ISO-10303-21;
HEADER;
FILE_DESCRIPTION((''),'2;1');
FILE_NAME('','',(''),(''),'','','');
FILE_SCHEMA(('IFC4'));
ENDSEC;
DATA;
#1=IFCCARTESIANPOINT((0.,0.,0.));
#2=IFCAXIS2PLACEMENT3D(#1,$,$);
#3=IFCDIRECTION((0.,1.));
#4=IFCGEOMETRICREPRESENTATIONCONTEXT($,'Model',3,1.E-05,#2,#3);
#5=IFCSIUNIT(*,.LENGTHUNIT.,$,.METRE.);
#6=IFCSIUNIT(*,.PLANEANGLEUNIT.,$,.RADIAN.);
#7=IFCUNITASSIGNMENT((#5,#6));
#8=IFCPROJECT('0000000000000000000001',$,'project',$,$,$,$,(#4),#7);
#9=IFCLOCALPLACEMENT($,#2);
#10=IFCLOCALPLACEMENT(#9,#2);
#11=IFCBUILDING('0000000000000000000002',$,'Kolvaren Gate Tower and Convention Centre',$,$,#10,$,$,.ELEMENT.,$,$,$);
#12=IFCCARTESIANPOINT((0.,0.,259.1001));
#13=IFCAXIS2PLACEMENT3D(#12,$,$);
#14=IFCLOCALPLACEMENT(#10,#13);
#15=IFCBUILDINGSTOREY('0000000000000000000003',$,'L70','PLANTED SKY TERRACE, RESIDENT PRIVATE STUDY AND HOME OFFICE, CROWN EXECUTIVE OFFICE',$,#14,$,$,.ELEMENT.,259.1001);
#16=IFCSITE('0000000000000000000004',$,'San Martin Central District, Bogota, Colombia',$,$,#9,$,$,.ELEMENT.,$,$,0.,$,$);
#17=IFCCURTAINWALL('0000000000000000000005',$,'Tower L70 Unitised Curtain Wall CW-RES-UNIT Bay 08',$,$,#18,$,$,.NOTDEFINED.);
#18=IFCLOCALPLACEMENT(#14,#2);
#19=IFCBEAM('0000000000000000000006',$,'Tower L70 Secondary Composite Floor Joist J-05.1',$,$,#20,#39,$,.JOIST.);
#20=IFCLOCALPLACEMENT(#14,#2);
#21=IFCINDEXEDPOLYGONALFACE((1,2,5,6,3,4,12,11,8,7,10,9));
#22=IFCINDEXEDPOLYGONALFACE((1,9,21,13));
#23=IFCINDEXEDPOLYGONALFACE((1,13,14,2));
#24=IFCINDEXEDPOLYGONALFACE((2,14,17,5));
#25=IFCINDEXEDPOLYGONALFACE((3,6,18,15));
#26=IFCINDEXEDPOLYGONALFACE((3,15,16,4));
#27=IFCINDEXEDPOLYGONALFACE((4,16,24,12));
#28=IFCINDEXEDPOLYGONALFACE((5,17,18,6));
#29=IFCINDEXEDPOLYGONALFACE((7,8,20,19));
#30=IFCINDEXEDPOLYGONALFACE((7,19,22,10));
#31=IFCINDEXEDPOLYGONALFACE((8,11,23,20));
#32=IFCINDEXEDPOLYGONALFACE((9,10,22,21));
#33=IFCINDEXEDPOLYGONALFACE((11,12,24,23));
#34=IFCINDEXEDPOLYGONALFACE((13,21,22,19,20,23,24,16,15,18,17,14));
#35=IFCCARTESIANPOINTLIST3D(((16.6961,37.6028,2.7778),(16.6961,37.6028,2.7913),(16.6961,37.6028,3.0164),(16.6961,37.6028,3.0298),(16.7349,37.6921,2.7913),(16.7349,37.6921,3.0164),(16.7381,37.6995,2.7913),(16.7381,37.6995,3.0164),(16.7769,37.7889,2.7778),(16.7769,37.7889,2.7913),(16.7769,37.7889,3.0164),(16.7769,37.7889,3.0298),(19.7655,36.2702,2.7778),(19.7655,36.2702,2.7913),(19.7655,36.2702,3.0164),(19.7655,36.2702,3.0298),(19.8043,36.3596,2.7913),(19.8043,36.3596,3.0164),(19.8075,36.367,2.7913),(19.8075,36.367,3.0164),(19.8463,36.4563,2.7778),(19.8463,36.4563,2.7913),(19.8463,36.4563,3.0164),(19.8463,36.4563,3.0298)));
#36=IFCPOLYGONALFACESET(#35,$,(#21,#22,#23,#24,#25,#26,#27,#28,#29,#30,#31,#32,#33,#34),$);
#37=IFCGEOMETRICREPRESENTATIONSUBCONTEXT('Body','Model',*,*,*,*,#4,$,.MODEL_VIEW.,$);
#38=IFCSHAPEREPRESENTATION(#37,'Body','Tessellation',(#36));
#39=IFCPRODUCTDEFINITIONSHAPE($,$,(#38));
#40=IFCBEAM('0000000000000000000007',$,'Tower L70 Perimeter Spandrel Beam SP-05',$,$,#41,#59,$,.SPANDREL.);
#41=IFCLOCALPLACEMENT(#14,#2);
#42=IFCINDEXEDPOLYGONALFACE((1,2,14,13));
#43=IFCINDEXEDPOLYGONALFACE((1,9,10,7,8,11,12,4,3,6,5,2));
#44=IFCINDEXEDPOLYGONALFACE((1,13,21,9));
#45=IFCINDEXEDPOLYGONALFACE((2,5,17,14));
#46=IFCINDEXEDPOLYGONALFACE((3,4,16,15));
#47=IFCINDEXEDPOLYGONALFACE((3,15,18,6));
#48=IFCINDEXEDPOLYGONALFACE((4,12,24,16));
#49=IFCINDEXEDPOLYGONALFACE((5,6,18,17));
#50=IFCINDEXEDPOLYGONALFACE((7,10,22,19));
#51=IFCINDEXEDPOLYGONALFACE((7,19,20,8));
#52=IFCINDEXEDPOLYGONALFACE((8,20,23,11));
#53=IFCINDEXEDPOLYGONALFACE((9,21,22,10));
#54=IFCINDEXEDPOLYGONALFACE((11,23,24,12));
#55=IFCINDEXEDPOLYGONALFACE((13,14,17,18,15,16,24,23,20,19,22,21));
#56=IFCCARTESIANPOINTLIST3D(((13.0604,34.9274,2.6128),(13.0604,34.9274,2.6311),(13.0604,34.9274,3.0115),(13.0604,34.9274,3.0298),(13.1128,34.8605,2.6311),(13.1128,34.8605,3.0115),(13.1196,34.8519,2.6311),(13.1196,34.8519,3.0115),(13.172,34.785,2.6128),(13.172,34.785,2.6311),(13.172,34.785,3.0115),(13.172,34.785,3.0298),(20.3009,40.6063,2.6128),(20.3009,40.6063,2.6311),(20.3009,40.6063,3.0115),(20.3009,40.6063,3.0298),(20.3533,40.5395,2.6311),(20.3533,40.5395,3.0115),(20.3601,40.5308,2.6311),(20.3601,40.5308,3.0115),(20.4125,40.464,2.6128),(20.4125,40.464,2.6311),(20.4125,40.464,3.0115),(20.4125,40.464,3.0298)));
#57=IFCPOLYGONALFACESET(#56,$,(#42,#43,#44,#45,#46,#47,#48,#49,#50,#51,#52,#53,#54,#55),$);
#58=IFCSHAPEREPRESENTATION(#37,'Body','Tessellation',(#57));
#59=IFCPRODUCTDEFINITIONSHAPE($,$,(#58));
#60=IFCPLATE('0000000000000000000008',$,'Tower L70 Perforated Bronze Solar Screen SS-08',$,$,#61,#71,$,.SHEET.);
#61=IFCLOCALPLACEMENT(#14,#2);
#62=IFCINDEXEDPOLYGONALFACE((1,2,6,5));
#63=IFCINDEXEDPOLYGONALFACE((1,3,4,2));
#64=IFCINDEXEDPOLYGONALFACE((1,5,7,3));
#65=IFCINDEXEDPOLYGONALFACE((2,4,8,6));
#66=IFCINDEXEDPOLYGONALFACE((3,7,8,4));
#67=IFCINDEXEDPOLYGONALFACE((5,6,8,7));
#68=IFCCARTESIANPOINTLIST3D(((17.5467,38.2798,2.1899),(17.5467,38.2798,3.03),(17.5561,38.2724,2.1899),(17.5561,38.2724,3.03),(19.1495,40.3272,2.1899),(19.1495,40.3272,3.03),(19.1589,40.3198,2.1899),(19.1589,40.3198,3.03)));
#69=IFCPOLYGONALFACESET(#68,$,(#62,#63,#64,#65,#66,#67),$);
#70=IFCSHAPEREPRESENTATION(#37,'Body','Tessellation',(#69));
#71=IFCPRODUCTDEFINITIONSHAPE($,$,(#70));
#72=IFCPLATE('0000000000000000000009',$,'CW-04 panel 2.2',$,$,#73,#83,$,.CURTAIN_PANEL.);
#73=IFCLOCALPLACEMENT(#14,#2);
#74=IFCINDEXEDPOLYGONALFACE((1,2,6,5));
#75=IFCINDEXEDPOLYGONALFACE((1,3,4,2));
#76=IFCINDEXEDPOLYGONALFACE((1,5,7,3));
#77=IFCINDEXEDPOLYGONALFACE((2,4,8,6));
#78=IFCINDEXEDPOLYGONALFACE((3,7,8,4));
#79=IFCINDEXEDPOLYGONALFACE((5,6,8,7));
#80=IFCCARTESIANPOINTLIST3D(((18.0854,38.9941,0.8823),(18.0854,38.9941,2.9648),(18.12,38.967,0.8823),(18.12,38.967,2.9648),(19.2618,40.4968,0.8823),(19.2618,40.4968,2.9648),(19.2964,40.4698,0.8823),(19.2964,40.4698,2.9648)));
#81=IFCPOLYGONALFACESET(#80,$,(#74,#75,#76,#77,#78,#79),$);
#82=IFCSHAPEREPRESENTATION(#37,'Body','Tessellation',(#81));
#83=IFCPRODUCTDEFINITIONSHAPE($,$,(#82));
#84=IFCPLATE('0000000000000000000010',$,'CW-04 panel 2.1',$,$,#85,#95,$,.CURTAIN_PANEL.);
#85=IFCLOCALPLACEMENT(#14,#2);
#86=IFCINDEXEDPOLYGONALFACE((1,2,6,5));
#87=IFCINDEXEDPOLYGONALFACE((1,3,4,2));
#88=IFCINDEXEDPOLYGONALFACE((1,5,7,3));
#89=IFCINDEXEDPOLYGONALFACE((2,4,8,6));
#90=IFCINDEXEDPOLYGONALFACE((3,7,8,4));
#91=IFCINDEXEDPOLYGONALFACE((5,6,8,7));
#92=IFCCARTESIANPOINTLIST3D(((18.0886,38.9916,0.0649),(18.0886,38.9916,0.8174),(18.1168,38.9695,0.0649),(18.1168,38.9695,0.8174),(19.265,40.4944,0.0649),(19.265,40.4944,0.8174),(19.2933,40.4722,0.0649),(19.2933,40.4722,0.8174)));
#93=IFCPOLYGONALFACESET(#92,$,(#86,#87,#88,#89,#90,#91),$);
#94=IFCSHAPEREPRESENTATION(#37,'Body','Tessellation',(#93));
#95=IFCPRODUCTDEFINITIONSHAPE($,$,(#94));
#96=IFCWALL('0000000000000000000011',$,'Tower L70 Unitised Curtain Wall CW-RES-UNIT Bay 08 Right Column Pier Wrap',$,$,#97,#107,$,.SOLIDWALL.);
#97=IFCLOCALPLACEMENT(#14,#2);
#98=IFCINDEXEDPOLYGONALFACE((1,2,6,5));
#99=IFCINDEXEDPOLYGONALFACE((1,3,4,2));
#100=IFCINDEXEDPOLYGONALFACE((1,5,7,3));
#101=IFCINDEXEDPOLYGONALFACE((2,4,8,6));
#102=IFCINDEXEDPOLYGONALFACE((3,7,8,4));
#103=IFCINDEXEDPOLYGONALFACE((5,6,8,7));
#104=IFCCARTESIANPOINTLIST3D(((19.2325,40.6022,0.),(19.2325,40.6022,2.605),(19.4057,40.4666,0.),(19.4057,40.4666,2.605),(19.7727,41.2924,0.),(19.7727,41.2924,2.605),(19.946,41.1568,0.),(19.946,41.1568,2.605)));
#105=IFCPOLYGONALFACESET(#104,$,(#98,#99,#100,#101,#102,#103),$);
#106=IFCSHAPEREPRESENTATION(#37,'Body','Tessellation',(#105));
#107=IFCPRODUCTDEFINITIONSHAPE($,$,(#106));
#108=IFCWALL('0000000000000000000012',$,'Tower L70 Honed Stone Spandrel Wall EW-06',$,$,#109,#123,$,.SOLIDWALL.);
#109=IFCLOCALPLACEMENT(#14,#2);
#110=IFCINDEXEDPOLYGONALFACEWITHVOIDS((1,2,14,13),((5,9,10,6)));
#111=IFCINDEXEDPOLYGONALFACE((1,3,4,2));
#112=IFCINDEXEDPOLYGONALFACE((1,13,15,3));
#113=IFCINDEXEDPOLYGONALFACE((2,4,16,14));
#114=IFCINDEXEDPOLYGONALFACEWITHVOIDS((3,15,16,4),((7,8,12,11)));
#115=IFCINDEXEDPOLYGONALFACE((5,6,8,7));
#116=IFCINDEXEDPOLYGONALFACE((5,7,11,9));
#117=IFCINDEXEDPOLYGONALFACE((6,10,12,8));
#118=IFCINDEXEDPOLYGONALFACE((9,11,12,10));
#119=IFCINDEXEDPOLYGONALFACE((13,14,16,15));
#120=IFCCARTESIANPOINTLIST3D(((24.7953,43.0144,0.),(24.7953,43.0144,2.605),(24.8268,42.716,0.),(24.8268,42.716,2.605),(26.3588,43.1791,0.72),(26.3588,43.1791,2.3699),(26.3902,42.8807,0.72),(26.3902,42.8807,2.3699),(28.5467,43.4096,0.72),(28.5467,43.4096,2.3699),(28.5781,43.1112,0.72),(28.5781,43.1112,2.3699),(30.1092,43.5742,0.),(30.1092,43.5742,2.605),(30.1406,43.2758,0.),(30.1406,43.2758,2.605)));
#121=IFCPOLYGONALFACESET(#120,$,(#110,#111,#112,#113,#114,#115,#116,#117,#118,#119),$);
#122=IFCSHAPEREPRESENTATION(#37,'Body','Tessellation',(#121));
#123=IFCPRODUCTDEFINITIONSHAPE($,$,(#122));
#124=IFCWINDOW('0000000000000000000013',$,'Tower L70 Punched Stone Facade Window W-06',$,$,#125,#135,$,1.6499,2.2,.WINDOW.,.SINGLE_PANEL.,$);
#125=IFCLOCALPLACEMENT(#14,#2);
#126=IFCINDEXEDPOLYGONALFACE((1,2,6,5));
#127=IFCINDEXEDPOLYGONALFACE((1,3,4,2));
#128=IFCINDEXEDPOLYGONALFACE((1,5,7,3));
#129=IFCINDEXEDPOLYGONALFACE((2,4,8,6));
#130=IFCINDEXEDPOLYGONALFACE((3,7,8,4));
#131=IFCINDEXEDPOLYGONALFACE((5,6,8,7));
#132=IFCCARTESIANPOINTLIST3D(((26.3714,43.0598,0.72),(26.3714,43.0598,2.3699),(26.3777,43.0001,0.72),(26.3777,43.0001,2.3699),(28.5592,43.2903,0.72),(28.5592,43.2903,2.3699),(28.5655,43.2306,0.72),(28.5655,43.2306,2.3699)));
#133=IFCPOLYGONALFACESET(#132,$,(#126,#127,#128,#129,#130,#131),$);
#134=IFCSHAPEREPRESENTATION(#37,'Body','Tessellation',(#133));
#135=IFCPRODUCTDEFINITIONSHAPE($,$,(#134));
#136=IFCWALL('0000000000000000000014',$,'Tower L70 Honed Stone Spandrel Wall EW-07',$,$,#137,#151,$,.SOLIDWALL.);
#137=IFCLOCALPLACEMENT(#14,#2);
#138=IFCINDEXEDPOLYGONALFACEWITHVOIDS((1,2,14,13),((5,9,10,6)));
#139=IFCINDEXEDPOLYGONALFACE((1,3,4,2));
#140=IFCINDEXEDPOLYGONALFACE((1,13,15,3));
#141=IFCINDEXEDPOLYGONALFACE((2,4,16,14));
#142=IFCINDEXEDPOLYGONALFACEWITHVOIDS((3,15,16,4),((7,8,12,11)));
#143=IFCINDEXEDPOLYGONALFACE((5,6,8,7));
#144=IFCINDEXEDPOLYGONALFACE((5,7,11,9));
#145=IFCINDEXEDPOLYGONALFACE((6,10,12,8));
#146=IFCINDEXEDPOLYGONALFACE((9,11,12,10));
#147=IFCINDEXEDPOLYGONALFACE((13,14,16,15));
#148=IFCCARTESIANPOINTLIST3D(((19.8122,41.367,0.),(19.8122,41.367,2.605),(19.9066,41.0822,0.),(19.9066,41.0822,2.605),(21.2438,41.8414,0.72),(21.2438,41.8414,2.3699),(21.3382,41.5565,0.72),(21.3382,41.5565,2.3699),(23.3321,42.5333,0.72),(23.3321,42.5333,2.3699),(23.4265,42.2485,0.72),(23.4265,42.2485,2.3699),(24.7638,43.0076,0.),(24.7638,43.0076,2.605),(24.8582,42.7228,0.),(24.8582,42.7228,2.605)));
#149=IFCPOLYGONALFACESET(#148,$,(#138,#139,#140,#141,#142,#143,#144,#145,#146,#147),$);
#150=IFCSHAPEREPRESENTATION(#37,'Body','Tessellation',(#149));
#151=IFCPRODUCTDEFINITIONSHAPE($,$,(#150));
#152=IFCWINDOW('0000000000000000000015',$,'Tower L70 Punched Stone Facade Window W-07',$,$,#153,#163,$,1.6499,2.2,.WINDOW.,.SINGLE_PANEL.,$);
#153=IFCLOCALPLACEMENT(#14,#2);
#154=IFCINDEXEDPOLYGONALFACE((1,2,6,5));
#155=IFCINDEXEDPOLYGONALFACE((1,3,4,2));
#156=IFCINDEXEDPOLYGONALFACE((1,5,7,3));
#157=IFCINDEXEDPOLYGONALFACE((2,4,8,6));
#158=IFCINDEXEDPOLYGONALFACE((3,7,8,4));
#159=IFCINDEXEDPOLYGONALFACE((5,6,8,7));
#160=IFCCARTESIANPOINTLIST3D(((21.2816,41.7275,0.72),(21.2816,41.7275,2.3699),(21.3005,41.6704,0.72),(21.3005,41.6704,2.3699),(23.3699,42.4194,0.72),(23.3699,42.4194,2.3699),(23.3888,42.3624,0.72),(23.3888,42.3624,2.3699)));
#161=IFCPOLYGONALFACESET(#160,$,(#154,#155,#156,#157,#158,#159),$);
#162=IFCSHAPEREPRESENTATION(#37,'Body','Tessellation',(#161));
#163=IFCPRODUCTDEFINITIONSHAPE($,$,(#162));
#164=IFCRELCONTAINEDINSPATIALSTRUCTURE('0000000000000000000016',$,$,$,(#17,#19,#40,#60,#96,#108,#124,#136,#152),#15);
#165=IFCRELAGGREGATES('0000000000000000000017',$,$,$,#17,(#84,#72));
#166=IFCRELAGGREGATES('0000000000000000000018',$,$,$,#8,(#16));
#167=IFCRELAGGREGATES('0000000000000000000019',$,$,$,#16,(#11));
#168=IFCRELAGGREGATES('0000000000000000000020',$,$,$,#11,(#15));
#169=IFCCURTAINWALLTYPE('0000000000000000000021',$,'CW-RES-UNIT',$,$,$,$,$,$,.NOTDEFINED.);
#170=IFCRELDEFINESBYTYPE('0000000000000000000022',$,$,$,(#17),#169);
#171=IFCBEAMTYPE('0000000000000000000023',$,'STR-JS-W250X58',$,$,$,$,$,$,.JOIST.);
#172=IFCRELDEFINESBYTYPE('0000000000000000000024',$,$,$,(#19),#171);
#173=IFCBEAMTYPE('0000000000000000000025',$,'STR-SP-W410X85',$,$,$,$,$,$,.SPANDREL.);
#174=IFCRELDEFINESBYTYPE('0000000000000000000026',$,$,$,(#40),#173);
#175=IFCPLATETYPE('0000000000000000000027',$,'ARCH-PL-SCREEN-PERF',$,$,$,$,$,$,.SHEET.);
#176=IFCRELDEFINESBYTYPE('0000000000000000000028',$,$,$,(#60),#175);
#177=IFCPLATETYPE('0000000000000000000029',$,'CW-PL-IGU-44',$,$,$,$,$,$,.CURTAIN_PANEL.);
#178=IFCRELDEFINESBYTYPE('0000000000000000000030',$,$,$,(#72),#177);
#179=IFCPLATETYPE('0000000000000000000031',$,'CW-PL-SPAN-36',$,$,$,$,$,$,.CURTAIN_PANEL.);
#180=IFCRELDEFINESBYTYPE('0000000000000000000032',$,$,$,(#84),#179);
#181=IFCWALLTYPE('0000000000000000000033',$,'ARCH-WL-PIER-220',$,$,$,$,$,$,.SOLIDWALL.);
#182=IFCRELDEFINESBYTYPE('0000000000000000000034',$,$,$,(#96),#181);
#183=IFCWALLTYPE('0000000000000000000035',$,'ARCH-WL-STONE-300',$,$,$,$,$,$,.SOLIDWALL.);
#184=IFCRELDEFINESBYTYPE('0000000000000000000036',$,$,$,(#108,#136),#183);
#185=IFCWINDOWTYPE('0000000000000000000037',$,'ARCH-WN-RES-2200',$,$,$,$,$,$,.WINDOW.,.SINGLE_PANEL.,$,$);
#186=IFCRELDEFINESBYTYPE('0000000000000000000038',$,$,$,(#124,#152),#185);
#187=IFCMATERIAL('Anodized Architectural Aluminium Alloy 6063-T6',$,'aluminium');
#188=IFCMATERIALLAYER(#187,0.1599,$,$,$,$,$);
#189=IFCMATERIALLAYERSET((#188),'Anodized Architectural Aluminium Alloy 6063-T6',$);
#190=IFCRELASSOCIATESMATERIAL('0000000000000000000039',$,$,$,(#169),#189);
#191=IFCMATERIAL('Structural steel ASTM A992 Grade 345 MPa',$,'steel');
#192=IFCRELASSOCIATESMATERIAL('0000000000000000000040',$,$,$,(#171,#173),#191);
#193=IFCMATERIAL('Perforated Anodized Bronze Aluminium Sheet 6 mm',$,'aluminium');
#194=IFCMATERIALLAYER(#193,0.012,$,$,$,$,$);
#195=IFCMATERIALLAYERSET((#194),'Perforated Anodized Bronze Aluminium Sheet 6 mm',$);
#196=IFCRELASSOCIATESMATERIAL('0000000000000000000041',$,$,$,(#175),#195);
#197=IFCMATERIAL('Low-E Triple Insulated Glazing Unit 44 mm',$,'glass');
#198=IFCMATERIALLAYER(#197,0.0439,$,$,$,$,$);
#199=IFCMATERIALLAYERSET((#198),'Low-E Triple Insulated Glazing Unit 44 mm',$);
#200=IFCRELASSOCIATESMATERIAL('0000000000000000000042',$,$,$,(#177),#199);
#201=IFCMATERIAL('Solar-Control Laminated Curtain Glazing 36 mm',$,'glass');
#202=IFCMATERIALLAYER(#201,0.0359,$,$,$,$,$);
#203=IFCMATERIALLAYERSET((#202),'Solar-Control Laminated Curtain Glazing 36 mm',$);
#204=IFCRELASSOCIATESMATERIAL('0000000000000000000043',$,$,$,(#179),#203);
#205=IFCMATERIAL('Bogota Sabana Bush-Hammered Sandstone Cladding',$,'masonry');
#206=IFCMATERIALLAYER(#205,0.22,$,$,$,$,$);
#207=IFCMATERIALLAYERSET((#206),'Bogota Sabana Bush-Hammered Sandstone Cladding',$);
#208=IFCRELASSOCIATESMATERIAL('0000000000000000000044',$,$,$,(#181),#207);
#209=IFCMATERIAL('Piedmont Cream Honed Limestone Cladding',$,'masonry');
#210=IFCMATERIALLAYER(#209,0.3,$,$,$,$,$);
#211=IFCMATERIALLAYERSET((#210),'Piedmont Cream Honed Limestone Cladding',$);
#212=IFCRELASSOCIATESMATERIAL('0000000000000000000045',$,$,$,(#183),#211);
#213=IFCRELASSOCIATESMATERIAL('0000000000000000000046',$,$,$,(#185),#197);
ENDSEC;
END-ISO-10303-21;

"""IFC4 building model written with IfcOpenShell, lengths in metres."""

from ifc_helpers import new_model, si_unit, direction, frame, frame_2d, origin, origin_2d, place, context, subcontext, project, spatial, rectangle, i_section, extrude, material, layer, layer_set, material_profile, profile_set, type_object, element, fill, aggregate, save


model = new_model("IFC4")

# Units and contexts
model_context = context("Model", 3, precision=1e-05, world=origin(), true_north=direction((0.0, 1.0)))
body_context = subcontext(model_context, "Body", "Model", "MODEL_VIEW")
ifc_project = project(units=[si_unit("LENGTHUNIT", "METRE"), si_unit("PLANEANGLEUNIT", "RADIAN")], contexts=[model_context])

# Site, building, storey
site_placement = place(None, origin())
site = spatial("IfcSite", under=ifc_project, at=site_placement, Name="San Martin Central District, Bogota, Colombia", CompositionType="ELEMENT", RefElevation=0.0)
building_placement = place(site_placement, origin())
building = spatial("IfcBuilding", under=site, at=building_placement, Name="Kolvaren Gate Tower and Convention Centre", CompositionType="ELEMENT")
storey_placement = place(building_placement, frame((0.0, 0.0, 259.1001)))
storey = spatial("IfcBuildingStorey", under=building, at=storey_placement, Name="L70", Description="PLANTED SKY TERRACE, RESIDENT PRIVATE STUDY AND HOME OFFICE, CROWN EXECUTIVE OFFICE", CompositionType="ELEMENT", Elevation=259.1001)

# Curtain wall
ifc_material_1 = material(Name="Anodized Architectural Aluminium Alloy 6063-T6", Category="aluminium")
ifc_layer_1 = layer(ifc_material_1, 0.1599)
ifc_layer_set_1 = layer_set([ifc_layer_1], Name="Anodized Architectural Aluminium Alloy 6063-T6")
curtain_wall_type = type_object("IfcCurtainWallType", Name="CW-RES-UNIT", PredefinedType="NOTDEFINED", material=ifc_layer_set_1)
curtain_wall_placement = place(storey_placement, origin())
curtain_wall = element("IfcCurtainWall", 1, at=curtain_wall_placement, inside=storey, type_object=curtain_wall_type, Name="Tower L70 Unitised Curtain Wall CW-RES-UNIT Bay 08", PredefinedType="NOTDEFINED")

# Beams
ifc_material_2 = material(Name="Structural steel ASTM A992 Grade 345 MPa", Category="steel")
ifc_material_profile_1 = material_profile(ifc_material_2, i_section(OverallWidth=0.2029, OverallDepth=0.252, WebThickness=0.0081, FlangeThickness=0.0134, at=origin_2d()), Name="W250X58")
ifc_profile_set_1 = profile_set([ifc_material_profile_1], Name="Structural steel ASTM A992 Grade 345 MPa")
beam_type_1 = type_object("IfcBeamType", Name="STR-JS-W250X58", PredefinedType="JOIST", material=ifc_profile_set_1)
beam_1_placement = place(storey_placement, frame((19.8059, 36.3633, 2.9038), z_axis=(-0.917286, 0.39823, 0.0), x_axis=(-0.39823, -0.917286, 0.0)))
element("IfcBeam", 2, at=beam_1_placement, inside=storey, type_object=beam_type_1, Name="Tower L70 Secondary Composite Floor Joist J-05.1", PredefinedType="JOIST", context=body_context, shape_type="SweptSolid", body=[
    extrude(i_section(OverallWidth=0.2029, OverallDepth=0.252, WebThickness=0.0081, FlangeThickness=0.0134, at=origin_2d()), origin(), (0.0, 0.0, 1.0), 3.3462),
])
ifc_material_profile_2 = material_profile(ifc_material_2, i_section(OverallWidth=0.1809, OverallDepth=0.417, WebThickness=0.011, FlangeThickness=0.0183, at=origin_2d()), Name="W410X85")
ifc_profile_set_2 = profile_set([ifc_material_profile_2], Name="Structural steel ASTM A992 Grade 345 MPa")
beam_type_2 = type_object("IfcBeamType", Name="STR-SP-W410X85", PredefinedType="SPANDREL", material=ifc_profile_set_2)
beam_2_placement = place(storey_placement, frame((20.3567, 40.5352, 2.8213), z_axis=(-0.786846, -0.61715, 0.0), x_axis=(0.61715, -0.786846, 0.0)))
element("IfcBeam", 3, at=beam_2_placement, inside=storey, type_object=beam_type_2, Name="Tower L70 Perimeter Spandrel Beam SP-05", PredefinedType="SPANDREL", context=body_context, shape_type="SweptSolid", body=[
    extrude(i_section(OverallWidth=0.1809, OverallDepth=0.417, WebThickness=0.011, FlangeThickness=0.0183, at=origin_2d()), origin(), (0.0, 0.0, 1.0), 9.2019),
])

# Plates
ifc_material_3 = material(Name="Perforated Anodized Bronze Aluminium Sheet 6 mm", Category="aluminium")
ifc_layer_2 = layer(ifc_material_3, 0.012)
ifc_layer_set_2 = layer_set([ifc_layer_2], Name="Perforated Anodized Bronze Aluminium Sheet 6 mm")
plate_type_1 = type_object("IfcPlateType", Name="ARCH-PL-SCREEN-PERF", PredefinedType="SHEET", material=ifc_layer_set_2)
plate_1_placement = place(storey_placement, frame((18.3528, 39.2998, 2.1899), z_axis=(0.0, 0.0, 1.0), x_axis=(0.61643, 0.78741, 0.0)))
element("IfcPlate", 4, at=plate_1_placement, inside=storey, type_object=plate_type_1, Name="Tower L70 Perforated Bronze Solar Screen SS-08", PredefinedType="SHEET", context=body_context, shape_type="SweptSolid", body=[
    extrude(rectangle(XDim=2.6001, YDim=0.012, at=origin_2d()), origin(), (0.0, 0.0, 1.0), 0.8401),
])
ifc_material_4 = material(Name="Low-E Triple Insulated Glazing Unit 44 mm", Category="glass")
ifc_layer_3 = layer(ifc_material_4, 0.0439)
ifc_layer_set_3 = layer_set([ifc_layer_3], Name="Low-E Triple Insulated Glazing Unit 44 mm")
plate_type_2 = type_object("IfcPlateType", Name="CW-PL-IGU-44", PredefinedType="CURTAIN_PANEL", material=ifc_layer_set_3)
plate_2_placement = place(storey_placement, frame((18.6909, 39.7319, 0.8823), z_axis=(0.0, 0.0, 1.0), x_axis=(0.616426, 0.787413, 0.0)))
plate_2 = element("IfcPlate", 5, at=plate_2_placement, type_object=plate_type_2, Name="CW-04 panel 2.2", PredefinedType="CURTAIN_PANEL", context=body_context, shape_type="SweptSolid", body=[
    extrude(rectangle(XDim=1.9084, YDim=0.0439, at=origin_2d()), origin(), (0.0, 0.0, 1.0), 2.0825),
])
ifc_material_5 = material(Name="Solar-Control Laminated Curtain Glazing 36 mm", Category="glass")
ifc_layer_4 = layer(ifc_material_5, 0.0359)
ifc_layer_set_4 = layer_set([ifc_layer_4], Name="Solar-Control Laminated Curtain Glazing 36 mm")
plate_type_3 = type_object("IfcPlateType", Name="CW-PL-SPAN-36", PredefinedType="CURTAIN_PANEL", material=ifc_layer_set_4)
plate_3_placement = place(storey_placement, frame((18.6909, 39.7319, 0.0649), z_axis=(0.0, 0.0, 1.0), x_axis=(0.616426, 0.787413, 0.0)))
plate_3 = element("IfcPlate", 6, at=plate_3_placement, type_object=plate_type_3, Name="CW-04 panel 2.1", PredefinedType="CURTAIN_PANEL", context=body_context, shape_type="SweptSolid", body=[
    extrude(rectangle(XDim=1.9084, YDim=0.0359, at=origin_2d()), origin(), (0.0, 0.0, 1.0), 0.7524),
])
aggregate(curtain_wall, [plate_3, plate_2])

# Wall
ifc_material_6 = material(Name="Bogota Sabana Bush-Hammered Sandstone Cladding", Category="masonry")
ifc_layer_5 = layer(ifc_material_6, 0.22)
ifc_layer_set_5 = layer_set([ifc_layer_5], Name="Bogota Sabana Bush-Hammered Sandstone Cladding")
wall_type_1 = type_object("IfcWallType", Name="ARCH-WL-PIER-220", PredefinedType="SOLIDWALL", material=ifc_layer_set_5)
wall_1_placement = place(storey_placement, frame((19.3191, 40.5344, 0.0), z_axis=(0.0, 0.0, 1.0), x_axis=(0.616406, 0.787429, 0.0)))
element("IfcWall", 7, at=wall_1_placement, inside=storey, type_object=wall_type_1, Name="Tower L70 Unitised Curtain Wall CW-RES-UNIT Bay 08 Right Column Pier Wrap", PredefinedType="SOLIDWALL", context=body_context, shape_type="SweptSolid", body=[
    extrude(rectangle(XDim=0.8765, YDim=0.22, at=frame_2d((0.4382, 0.0))), origin(), (0.0, 0.0, 1.0), 2.605),
])

# Walls, openings, windows
ifc_material_7 = material(Name="Piedmont Cream Honed Limestone Cladding", Category="masonry")
ifc_layer_6 = layer(ifc_material_7, 0.3)
ifc_layer_set_6 = layer_set([ifc_layer_6], Name="Piedmont Cream Honed Limestone Cladding")
wall_type_2 = type_object("IfcWallType", Name="ARCH-WL-STONE-300", PredefinedType="SOLIDWALL", material=ifc_layer_set_6)
wall_2_placement = place(storey_placement, frame((24.811, 42.8652, 0.0), z_axis=(0.0, 0.0, 1.0), x_axis=(0.994497, 0.104768, 0.0)))
wall_2 = element("IfcWall", 8, at=wall_2_placement, inside=storey, type_object=wall_type_2, Name="Tower L70 Honed Stone Spandrel Wall EW-06", PredefinedType="SOLIDWALL", context=body_context, shape_type="SweptSolid", body=[
    extrude(rectangle(XDim=5.3433, YDim=0.3, at=frame_2d((2.6716, 0.0))), origin(), (0.0, 0.0, 1.0), 2.605),
])
opening_1_placement = place(wall_2_placement, frame((1.572, 0.0, 0.72)))
opening_1 = element("IfcOpeningElement", 9, at=opening_1_placement, cuts=wall_2, PredefinedType="OPENING", context=body_context, shape_type="SweptSolid", body=[
    extrude(rectangle(XDim=2.2, YDim=1.6499, at=frame_2d((1.1001, 0.825))), frame((0.0, 0.1599, 0.0), z_axis=(0.0, -1.0, 0.0), x_axis=(1.0, 0.0, 0.0)), (0.0, 0.0, 1.0), 0.3201),
])
window_type = type_object("IfcWindowType", Name="ARCH-WN-RES-2200", PartitioningType="SINGLE_PANEL", PredefinedType="WINDOW", material=ifc_material_4)
window_1_placement = place(opening_1_placement, origin())
window_1 = element("IfcWindow", 10, at=window_1_placement, inside=storey, type_object=window_type, Name="Tower L70 Punched Stone Facade Window W-06", OverallHeight=1.6499, OverallWidth=2.2, PartitioningType="SINGLE_PANEL", PredefinedType="WINDOW", context=body_context, shape_type="SweptSolid", body=[
    extrude(rectangle(XDim=2.2, YDim=1.6499, at=frame_2d((1.1001, 0.825))), frame((0.0, 0.03, 0.0), z_axis=(0.0, -1.0, 0.0), x_axis=(1.0, 0.0, 0.0)), (0.0, 0.0, 1.0), 0.0601),
])
fill(opening_1, window_1)
wall_3_placement = place(storey_placement, frame((19.8594, 41.2246, 0.0), z_axis=(0.0, 0.0, 1.0), x_axis=(0.949253, 0.314514, 0.0)))
wall_3 = element("IfcWall", 11, at=wall_3_placement, inside=storey, type_object=wall_type_2, Name="Tower L70 Honed Stone Spandrel Wall EW-07", PredefinedType="SOLIDWALL", context=body_context, shape_type="SweptSolid", body=[
    extrude(rectangle(XDim=5.2163, YDim=0.3, at=frame_2d((2.6082, 0.0))), origin(), (0.0, 0.0, 1.0), 2.605),
])
opening_2_placement = place(wall_3_placement, frame((1.5081, 0.0, 0.72)))
opening_2 = element("IfcOpeningElement", 12, at=opening_2_placement, cuts=wall_3, PredefinedType="OPENING", context=body_context, shape_type="SweptSolid", body=[
    extrude(rectangle(XDim=2.2, YDim=1.6499, at=frame_2d((1.1001, 0.825))), frame((0.0, 0.1599, 0.0), z_axis=(0.0, -1.0, 0.0), x_axis=(1.0, 0.0, 0.0)), (0.0, 0.0, 1.0), 0.3201),
])
window_2_placement = place(opening_2_placement, origin())
window_2 = element("IfcWindow", 13, at=window_2_placement, inside=storey, type_object=window_type, Name="Tower L70 Punched Stone Facade Window W-07", OverallHeight=1.6499, OverallWidth=2.2, PartitioningType="SINGLE_PANEL", PredefinedType="WINDOW", context=body_context, shape_type="SweptSolid", body=[
    extrude(rectangle(XDim=2.2, YDim=1.6499, at=frame_2d((1.1001, 0.825))), frame((0.0, 0.03, 0.0), z_axis=(0.0, -1.0, 0.0), x_axis=(1.0, 0.0, 0.0)), (0.0, 0.0, 1.0), 0.0601),
])
fill(opening_2, window_2)

save(model, "model.ifc")
